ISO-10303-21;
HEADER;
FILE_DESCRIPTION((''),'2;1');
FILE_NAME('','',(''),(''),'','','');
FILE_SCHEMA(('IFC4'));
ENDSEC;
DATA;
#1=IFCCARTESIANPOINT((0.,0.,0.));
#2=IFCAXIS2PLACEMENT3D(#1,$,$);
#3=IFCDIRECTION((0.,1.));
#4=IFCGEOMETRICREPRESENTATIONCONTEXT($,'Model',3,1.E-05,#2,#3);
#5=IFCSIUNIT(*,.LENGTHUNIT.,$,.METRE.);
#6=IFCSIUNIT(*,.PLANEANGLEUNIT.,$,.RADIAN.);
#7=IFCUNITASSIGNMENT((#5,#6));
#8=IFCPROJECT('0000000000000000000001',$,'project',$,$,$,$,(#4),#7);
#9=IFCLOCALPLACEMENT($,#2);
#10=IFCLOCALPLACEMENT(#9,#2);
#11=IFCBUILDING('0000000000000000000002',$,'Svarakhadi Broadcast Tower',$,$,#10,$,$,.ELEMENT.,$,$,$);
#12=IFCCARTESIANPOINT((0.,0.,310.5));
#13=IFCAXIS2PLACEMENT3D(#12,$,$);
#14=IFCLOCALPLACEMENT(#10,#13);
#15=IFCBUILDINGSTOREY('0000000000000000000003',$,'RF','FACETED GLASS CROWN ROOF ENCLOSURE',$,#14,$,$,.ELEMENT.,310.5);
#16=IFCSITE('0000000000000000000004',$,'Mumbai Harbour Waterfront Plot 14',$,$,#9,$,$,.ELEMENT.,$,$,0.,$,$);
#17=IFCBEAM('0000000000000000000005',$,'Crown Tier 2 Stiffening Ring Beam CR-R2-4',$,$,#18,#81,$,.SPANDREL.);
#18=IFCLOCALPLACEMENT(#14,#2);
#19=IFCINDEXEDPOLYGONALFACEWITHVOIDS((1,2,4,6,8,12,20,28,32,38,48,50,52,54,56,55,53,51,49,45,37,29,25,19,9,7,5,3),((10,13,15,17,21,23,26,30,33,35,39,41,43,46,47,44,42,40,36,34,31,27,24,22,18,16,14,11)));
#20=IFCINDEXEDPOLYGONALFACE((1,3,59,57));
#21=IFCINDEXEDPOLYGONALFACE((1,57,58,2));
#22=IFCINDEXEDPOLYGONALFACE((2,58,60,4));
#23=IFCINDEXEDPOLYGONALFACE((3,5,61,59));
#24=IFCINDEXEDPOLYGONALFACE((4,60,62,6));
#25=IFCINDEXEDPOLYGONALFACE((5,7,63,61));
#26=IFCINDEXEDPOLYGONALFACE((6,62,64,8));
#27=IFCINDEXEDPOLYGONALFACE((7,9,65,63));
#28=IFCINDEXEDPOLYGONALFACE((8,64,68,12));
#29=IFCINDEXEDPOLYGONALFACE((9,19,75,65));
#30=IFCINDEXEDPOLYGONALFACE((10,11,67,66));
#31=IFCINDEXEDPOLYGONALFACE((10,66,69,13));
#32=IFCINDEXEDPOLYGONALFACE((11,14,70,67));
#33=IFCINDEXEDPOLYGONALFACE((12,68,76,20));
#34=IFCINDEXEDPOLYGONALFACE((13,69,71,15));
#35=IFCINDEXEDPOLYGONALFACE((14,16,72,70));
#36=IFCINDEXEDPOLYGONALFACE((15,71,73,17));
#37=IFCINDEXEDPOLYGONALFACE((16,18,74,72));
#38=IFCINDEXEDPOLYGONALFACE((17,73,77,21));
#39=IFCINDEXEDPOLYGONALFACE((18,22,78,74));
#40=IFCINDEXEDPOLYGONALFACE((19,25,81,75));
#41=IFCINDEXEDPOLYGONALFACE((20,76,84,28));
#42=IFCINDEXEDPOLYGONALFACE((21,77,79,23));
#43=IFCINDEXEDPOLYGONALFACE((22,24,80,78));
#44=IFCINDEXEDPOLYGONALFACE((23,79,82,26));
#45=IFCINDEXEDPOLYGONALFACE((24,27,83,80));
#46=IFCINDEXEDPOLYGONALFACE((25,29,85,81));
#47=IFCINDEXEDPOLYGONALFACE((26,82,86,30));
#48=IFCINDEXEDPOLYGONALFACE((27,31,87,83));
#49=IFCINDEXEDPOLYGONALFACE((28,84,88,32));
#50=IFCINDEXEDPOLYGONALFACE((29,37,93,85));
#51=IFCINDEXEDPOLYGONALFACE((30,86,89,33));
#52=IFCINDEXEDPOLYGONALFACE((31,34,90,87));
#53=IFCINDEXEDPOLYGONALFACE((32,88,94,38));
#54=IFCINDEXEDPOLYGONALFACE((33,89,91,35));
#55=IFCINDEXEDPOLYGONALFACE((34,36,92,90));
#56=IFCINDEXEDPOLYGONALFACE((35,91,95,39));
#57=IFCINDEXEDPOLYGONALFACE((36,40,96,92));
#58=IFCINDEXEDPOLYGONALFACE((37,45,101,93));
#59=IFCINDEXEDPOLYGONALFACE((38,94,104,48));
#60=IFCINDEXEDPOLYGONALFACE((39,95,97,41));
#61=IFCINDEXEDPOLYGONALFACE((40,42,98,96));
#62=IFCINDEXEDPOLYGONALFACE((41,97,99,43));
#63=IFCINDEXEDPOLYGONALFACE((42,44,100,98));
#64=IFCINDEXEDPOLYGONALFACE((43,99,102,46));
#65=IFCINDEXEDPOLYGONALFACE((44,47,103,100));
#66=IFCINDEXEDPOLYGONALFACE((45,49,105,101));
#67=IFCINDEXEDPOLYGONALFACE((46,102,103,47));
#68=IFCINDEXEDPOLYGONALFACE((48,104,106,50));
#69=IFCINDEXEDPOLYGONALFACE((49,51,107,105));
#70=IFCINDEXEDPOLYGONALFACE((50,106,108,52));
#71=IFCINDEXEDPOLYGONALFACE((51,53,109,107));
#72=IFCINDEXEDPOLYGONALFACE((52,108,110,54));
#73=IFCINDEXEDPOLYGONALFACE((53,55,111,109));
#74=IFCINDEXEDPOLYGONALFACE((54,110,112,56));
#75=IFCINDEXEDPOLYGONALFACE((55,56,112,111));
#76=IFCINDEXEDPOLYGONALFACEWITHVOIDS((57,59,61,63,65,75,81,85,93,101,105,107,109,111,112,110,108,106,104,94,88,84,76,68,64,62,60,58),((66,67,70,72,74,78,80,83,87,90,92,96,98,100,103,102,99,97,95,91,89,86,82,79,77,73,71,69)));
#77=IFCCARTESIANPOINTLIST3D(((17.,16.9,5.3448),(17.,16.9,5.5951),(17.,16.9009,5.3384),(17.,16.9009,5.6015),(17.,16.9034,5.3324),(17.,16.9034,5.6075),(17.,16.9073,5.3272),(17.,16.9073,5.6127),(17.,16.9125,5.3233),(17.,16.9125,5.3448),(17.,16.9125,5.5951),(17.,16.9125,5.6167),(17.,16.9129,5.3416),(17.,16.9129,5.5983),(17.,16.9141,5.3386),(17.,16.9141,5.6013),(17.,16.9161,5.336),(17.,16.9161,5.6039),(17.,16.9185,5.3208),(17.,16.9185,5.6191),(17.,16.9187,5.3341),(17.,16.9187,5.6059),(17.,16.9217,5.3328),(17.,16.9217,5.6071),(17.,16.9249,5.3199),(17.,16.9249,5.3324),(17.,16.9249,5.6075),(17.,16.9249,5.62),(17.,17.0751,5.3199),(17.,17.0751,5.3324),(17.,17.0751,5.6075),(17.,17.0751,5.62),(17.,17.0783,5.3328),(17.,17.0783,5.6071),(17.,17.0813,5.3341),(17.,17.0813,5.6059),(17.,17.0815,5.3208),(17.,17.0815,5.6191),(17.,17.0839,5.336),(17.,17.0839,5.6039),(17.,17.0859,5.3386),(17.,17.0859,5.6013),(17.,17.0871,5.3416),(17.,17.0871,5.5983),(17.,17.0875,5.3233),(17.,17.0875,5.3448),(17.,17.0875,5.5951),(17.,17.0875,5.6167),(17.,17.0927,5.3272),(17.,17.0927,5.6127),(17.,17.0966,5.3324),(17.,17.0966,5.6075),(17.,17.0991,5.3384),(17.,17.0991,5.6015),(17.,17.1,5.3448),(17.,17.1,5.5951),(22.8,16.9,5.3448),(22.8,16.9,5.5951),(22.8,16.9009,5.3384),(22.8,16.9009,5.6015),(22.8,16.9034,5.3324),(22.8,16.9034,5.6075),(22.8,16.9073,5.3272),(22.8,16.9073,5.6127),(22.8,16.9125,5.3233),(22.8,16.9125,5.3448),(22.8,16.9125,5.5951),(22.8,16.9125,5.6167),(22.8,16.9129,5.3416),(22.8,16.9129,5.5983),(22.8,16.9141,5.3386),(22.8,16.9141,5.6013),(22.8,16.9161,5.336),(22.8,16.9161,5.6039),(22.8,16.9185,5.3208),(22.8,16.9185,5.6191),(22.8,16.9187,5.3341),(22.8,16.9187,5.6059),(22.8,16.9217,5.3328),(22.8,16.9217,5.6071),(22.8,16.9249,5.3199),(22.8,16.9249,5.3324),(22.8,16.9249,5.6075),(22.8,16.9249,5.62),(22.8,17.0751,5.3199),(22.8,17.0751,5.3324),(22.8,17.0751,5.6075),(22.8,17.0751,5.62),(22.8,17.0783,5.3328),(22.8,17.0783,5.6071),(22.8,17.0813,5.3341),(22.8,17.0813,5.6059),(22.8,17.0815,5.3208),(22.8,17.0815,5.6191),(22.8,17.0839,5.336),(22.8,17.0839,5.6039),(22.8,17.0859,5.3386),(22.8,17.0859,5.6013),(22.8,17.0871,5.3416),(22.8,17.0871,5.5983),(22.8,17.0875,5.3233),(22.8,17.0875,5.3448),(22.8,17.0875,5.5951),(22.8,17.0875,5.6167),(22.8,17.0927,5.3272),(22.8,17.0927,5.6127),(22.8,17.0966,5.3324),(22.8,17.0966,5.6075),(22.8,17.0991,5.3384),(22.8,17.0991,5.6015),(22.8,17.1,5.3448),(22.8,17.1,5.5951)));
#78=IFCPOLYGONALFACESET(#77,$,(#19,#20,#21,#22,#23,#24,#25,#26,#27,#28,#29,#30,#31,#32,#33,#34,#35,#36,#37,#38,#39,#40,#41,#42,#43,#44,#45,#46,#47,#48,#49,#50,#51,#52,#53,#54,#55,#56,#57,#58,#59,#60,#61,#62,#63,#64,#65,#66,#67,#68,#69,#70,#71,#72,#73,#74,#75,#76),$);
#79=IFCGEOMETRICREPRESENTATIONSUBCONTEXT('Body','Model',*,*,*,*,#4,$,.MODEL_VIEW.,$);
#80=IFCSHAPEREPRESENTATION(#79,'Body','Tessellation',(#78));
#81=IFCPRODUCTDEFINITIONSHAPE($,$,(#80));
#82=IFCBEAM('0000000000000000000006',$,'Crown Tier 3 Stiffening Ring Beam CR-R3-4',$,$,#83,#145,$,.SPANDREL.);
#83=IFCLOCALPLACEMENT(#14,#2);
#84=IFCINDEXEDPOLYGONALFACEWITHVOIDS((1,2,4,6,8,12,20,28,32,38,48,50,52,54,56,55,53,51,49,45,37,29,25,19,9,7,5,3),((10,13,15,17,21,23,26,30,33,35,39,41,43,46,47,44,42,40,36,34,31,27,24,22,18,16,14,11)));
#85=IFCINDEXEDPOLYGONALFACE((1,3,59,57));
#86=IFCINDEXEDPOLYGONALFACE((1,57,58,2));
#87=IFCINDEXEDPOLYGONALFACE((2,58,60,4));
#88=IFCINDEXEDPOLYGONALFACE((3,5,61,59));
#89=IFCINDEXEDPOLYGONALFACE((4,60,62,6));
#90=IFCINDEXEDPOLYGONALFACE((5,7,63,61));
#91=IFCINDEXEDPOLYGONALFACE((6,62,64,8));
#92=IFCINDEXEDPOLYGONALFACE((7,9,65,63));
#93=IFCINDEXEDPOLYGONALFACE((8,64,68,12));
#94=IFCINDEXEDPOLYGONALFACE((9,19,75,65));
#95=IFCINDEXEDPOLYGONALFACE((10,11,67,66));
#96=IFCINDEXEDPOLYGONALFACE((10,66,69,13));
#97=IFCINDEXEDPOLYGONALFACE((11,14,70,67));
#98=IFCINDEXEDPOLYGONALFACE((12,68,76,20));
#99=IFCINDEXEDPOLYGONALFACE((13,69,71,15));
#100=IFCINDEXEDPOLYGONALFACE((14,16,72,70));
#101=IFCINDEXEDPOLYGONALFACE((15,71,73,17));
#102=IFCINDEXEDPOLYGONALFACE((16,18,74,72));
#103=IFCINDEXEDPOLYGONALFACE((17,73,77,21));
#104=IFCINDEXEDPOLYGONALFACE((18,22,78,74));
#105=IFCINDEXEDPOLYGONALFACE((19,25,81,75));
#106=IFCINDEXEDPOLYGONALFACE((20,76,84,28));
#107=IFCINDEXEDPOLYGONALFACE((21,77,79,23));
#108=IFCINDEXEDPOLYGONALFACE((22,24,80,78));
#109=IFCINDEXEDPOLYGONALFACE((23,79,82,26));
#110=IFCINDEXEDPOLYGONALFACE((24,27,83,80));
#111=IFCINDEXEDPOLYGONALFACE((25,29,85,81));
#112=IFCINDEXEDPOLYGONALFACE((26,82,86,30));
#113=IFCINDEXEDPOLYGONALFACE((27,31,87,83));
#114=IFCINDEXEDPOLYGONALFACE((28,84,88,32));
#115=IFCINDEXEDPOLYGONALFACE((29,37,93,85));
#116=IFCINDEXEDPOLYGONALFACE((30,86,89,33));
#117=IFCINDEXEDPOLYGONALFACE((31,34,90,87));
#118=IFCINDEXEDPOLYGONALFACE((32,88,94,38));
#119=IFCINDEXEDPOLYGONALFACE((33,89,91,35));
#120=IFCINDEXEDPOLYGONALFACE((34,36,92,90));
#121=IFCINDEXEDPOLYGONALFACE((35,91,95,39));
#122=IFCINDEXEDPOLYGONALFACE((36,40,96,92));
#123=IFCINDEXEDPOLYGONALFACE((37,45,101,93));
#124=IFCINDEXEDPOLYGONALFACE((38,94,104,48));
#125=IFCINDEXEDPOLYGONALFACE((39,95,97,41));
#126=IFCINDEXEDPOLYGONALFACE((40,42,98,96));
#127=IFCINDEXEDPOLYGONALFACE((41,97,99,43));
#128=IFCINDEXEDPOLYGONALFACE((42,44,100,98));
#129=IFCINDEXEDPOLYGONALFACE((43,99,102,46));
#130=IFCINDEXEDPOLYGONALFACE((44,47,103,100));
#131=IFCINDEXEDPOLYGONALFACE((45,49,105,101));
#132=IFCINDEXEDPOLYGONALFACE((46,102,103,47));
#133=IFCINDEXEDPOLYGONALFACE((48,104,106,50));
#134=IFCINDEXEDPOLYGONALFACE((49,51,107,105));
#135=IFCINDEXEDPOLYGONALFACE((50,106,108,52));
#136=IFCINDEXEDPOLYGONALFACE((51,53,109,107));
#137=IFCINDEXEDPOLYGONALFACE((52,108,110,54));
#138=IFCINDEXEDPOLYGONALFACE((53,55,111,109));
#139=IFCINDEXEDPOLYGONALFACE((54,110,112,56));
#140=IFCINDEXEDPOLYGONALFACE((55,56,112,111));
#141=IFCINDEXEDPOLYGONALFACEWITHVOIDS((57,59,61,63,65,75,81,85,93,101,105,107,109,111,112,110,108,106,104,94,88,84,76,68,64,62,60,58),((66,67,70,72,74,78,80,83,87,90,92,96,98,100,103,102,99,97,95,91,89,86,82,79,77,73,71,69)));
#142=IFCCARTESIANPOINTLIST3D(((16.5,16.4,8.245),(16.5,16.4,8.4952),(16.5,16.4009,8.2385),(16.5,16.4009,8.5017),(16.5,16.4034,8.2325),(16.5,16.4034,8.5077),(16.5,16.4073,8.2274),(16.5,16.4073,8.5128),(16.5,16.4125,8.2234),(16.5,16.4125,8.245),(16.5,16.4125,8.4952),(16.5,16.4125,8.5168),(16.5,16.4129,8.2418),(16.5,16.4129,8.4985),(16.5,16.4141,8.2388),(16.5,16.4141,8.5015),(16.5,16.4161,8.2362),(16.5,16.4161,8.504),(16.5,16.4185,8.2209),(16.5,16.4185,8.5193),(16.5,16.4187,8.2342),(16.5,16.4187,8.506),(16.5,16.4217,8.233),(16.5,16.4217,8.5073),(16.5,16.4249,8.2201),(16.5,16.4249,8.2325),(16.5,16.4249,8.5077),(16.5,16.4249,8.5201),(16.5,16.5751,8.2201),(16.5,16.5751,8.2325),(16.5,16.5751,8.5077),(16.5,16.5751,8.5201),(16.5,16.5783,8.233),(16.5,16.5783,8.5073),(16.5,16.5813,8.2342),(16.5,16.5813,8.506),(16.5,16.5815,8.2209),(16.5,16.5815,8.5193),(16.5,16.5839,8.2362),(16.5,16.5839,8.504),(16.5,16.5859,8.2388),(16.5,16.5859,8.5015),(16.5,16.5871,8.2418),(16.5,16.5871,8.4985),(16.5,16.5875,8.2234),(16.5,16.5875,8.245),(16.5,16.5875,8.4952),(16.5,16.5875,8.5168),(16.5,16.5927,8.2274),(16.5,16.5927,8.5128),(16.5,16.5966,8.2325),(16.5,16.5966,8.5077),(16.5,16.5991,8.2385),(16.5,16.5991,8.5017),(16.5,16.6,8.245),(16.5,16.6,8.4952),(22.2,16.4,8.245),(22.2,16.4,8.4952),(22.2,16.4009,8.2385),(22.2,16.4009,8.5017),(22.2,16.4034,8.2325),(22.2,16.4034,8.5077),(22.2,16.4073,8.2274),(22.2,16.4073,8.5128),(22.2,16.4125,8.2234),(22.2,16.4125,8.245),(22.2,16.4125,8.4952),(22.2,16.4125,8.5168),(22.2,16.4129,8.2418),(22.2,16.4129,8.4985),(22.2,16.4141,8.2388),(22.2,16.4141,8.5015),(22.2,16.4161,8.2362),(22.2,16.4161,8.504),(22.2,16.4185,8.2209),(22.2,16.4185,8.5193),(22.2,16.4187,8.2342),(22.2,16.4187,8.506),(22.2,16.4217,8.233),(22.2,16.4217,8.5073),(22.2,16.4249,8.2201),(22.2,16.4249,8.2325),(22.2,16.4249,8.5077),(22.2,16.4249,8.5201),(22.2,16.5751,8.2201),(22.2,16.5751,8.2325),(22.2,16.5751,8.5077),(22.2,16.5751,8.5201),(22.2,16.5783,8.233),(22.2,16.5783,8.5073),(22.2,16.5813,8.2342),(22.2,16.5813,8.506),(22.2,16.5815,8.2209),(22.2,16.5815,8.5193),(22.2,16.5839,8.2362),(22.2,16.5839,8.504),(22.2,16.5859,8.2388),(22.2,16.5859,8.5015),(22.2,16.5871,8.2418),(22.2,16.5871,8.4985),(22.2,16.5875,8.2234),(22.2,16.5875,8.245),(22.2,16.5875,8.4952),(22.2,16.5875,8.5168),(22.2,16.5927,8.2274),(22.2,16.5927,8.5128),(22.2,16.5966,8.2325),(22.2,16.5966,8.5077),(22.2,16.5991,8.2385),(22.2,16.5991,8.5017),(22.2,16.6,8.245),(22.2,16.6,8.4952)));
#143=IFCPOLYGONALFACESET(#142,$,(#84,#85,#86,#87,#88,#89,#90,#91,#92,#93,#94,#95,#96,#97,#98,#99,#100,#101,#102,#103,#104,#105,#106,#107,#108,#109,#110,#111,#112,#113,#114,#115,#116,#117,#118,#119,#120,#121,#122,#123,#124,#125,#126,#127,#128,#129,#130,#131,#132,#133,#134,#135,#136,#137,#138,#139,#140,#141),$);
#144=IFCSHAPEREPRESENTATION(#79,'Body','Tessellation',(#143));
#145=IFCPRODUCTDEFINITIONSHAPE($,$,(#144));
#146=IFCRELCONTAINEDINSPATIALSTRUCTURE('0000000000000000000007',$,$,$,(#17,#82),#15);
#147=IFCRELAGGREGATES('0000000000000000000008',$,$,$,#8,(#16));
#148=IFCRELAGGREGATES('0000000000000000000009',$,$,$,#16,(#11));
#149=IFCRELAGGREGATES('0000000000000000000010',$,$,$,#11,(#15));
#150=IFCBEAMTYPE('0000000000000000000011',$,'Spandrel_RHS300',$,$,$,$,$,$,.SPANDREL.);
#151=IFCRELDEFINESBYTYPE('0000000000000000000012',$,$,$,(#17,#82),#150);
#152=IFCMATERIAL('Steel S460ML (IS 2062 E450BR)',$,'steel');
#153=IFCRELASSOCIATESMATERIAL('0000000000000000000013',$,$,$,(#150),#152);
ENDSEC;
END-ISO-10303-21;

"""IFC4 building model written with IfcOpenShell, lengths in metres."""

from ifc_helpers import new_model, si_unit, direction, frame, origin, origin_2d, place, context, subcontext, project, spatial, hollow_rectangle, extrude, material, material_profile, profile_set, type_object, element, save


model = new_model("IFC4")

# Units and contexts
model_context = context("Model", 3, precision=1e-05, world=origin(), true_north=direction((0.0, 1.0)))
body_context = subcontext(model_context, "Body", "Model", "MODEL_VIEW")
ifc_project = project(units=[si_unit("LENGTHUNIT", "METRE"), si_unit("PLANEANGLEUNIT", "RADIAN")], contexts=[model_context])

# Site, building, storey
site_placement = place(None, origin())
site = spatial("IfcSite", under=ifc_project, at=site_placement, Name="Mumbai Harbour Waterfront Plot 14", CompositionType="ELEMENT", RefElevation=0.0)
building_placement = place(site_placement, origin())
building = spatial("IfcBuilding", under=site, at=building_placement, Name="Svarakhadi Broadcast Tower", CompositionType="ELEMENT")
storey_placement = place(building_placement, frame((0.0, 0.0, 310.5)))
storey = spatial("IfcBuildingStorey", under=building, at=storey_placement, Name="RF", Description="FACETED GLASS CROWN ROOF ENCLOSURE", CompositionType="ELEMENT", Elevation=310.5)

# Shared definitions
ifc_material_1 = material(Name="Steel S460ML (IS 2062 E450BR)", Category="steel")

# Beams
ifc_material_profile_1 = material_profile(ifc_material_1, hollow_rectangle(XDim=0.2, YDim=0.3, WallThickness=0.0125, InnerFilletRadius=0.0125, OuterFilletRadius=0.0249, at=origin_2d()), Name="RHS 300x200x12.5")
ifc_profile_set_1 = profile_set([ifc_material_profile_1], Name="Steel S460ML (IS 2062 E450BR)")
beam_type_1 = type_object("IfcBeamType", Name="Spandrel_RHS300", PredefinedType="SPANDREL", material=ifc_profile_set_1)
beam_1_placement = place(storey_placement, frame((22.8, 17.0, 5.47), z_axis=(-1.0, 0.0, 0.0), x_axis=(0.0, -1.0, 0.0)))
element("IfcBeam", 1, at=beam_1_placement, inside=storey, type_object=beam_type_1, Name="Crown Tier 2 Stiffening Ring Beam CR-R2-4", PredefinedType="SPANDREL", context=body_context, shape_type="SweptSolid", body=[
    extrude(hollow_rectangle(XDim=0.2, YDim=0.3, WallThickness=0.0125, InnerFilletRadius=0.0125, OuterFilletRadius=0.0249, at=origin_2d()), origin(), (0.0, 0.0, 1.0), 5.8),
])
beam_2_placement = place(storey_placement, frame((22.2, 16.5, 8.3701), z_axis=(-1.0, 0.0, 0.0), x_axis=(0.0, -1.0, 0.0)))
element("IfcBeam", 2, at=beam_2_placement, inside=storey, type_object=beam_type_1, Name="Crown Tier 3 Stiffening Ring Beam CR-R3-4", PredefinedType="SPANDREL", context=body_context, shape_type="SweptSolid", body=[
    extrude(hollow_rectangle(XDim=0.2, YDim=0.3, WallThickness=0.0125, InnerFilletRadius=0.0125, OuterFilletRadius=0.0249, at=origin_2d()), origin(), (0.0, 0.0, 1.0), 5.7),
])

save(model, "model.ifc")
